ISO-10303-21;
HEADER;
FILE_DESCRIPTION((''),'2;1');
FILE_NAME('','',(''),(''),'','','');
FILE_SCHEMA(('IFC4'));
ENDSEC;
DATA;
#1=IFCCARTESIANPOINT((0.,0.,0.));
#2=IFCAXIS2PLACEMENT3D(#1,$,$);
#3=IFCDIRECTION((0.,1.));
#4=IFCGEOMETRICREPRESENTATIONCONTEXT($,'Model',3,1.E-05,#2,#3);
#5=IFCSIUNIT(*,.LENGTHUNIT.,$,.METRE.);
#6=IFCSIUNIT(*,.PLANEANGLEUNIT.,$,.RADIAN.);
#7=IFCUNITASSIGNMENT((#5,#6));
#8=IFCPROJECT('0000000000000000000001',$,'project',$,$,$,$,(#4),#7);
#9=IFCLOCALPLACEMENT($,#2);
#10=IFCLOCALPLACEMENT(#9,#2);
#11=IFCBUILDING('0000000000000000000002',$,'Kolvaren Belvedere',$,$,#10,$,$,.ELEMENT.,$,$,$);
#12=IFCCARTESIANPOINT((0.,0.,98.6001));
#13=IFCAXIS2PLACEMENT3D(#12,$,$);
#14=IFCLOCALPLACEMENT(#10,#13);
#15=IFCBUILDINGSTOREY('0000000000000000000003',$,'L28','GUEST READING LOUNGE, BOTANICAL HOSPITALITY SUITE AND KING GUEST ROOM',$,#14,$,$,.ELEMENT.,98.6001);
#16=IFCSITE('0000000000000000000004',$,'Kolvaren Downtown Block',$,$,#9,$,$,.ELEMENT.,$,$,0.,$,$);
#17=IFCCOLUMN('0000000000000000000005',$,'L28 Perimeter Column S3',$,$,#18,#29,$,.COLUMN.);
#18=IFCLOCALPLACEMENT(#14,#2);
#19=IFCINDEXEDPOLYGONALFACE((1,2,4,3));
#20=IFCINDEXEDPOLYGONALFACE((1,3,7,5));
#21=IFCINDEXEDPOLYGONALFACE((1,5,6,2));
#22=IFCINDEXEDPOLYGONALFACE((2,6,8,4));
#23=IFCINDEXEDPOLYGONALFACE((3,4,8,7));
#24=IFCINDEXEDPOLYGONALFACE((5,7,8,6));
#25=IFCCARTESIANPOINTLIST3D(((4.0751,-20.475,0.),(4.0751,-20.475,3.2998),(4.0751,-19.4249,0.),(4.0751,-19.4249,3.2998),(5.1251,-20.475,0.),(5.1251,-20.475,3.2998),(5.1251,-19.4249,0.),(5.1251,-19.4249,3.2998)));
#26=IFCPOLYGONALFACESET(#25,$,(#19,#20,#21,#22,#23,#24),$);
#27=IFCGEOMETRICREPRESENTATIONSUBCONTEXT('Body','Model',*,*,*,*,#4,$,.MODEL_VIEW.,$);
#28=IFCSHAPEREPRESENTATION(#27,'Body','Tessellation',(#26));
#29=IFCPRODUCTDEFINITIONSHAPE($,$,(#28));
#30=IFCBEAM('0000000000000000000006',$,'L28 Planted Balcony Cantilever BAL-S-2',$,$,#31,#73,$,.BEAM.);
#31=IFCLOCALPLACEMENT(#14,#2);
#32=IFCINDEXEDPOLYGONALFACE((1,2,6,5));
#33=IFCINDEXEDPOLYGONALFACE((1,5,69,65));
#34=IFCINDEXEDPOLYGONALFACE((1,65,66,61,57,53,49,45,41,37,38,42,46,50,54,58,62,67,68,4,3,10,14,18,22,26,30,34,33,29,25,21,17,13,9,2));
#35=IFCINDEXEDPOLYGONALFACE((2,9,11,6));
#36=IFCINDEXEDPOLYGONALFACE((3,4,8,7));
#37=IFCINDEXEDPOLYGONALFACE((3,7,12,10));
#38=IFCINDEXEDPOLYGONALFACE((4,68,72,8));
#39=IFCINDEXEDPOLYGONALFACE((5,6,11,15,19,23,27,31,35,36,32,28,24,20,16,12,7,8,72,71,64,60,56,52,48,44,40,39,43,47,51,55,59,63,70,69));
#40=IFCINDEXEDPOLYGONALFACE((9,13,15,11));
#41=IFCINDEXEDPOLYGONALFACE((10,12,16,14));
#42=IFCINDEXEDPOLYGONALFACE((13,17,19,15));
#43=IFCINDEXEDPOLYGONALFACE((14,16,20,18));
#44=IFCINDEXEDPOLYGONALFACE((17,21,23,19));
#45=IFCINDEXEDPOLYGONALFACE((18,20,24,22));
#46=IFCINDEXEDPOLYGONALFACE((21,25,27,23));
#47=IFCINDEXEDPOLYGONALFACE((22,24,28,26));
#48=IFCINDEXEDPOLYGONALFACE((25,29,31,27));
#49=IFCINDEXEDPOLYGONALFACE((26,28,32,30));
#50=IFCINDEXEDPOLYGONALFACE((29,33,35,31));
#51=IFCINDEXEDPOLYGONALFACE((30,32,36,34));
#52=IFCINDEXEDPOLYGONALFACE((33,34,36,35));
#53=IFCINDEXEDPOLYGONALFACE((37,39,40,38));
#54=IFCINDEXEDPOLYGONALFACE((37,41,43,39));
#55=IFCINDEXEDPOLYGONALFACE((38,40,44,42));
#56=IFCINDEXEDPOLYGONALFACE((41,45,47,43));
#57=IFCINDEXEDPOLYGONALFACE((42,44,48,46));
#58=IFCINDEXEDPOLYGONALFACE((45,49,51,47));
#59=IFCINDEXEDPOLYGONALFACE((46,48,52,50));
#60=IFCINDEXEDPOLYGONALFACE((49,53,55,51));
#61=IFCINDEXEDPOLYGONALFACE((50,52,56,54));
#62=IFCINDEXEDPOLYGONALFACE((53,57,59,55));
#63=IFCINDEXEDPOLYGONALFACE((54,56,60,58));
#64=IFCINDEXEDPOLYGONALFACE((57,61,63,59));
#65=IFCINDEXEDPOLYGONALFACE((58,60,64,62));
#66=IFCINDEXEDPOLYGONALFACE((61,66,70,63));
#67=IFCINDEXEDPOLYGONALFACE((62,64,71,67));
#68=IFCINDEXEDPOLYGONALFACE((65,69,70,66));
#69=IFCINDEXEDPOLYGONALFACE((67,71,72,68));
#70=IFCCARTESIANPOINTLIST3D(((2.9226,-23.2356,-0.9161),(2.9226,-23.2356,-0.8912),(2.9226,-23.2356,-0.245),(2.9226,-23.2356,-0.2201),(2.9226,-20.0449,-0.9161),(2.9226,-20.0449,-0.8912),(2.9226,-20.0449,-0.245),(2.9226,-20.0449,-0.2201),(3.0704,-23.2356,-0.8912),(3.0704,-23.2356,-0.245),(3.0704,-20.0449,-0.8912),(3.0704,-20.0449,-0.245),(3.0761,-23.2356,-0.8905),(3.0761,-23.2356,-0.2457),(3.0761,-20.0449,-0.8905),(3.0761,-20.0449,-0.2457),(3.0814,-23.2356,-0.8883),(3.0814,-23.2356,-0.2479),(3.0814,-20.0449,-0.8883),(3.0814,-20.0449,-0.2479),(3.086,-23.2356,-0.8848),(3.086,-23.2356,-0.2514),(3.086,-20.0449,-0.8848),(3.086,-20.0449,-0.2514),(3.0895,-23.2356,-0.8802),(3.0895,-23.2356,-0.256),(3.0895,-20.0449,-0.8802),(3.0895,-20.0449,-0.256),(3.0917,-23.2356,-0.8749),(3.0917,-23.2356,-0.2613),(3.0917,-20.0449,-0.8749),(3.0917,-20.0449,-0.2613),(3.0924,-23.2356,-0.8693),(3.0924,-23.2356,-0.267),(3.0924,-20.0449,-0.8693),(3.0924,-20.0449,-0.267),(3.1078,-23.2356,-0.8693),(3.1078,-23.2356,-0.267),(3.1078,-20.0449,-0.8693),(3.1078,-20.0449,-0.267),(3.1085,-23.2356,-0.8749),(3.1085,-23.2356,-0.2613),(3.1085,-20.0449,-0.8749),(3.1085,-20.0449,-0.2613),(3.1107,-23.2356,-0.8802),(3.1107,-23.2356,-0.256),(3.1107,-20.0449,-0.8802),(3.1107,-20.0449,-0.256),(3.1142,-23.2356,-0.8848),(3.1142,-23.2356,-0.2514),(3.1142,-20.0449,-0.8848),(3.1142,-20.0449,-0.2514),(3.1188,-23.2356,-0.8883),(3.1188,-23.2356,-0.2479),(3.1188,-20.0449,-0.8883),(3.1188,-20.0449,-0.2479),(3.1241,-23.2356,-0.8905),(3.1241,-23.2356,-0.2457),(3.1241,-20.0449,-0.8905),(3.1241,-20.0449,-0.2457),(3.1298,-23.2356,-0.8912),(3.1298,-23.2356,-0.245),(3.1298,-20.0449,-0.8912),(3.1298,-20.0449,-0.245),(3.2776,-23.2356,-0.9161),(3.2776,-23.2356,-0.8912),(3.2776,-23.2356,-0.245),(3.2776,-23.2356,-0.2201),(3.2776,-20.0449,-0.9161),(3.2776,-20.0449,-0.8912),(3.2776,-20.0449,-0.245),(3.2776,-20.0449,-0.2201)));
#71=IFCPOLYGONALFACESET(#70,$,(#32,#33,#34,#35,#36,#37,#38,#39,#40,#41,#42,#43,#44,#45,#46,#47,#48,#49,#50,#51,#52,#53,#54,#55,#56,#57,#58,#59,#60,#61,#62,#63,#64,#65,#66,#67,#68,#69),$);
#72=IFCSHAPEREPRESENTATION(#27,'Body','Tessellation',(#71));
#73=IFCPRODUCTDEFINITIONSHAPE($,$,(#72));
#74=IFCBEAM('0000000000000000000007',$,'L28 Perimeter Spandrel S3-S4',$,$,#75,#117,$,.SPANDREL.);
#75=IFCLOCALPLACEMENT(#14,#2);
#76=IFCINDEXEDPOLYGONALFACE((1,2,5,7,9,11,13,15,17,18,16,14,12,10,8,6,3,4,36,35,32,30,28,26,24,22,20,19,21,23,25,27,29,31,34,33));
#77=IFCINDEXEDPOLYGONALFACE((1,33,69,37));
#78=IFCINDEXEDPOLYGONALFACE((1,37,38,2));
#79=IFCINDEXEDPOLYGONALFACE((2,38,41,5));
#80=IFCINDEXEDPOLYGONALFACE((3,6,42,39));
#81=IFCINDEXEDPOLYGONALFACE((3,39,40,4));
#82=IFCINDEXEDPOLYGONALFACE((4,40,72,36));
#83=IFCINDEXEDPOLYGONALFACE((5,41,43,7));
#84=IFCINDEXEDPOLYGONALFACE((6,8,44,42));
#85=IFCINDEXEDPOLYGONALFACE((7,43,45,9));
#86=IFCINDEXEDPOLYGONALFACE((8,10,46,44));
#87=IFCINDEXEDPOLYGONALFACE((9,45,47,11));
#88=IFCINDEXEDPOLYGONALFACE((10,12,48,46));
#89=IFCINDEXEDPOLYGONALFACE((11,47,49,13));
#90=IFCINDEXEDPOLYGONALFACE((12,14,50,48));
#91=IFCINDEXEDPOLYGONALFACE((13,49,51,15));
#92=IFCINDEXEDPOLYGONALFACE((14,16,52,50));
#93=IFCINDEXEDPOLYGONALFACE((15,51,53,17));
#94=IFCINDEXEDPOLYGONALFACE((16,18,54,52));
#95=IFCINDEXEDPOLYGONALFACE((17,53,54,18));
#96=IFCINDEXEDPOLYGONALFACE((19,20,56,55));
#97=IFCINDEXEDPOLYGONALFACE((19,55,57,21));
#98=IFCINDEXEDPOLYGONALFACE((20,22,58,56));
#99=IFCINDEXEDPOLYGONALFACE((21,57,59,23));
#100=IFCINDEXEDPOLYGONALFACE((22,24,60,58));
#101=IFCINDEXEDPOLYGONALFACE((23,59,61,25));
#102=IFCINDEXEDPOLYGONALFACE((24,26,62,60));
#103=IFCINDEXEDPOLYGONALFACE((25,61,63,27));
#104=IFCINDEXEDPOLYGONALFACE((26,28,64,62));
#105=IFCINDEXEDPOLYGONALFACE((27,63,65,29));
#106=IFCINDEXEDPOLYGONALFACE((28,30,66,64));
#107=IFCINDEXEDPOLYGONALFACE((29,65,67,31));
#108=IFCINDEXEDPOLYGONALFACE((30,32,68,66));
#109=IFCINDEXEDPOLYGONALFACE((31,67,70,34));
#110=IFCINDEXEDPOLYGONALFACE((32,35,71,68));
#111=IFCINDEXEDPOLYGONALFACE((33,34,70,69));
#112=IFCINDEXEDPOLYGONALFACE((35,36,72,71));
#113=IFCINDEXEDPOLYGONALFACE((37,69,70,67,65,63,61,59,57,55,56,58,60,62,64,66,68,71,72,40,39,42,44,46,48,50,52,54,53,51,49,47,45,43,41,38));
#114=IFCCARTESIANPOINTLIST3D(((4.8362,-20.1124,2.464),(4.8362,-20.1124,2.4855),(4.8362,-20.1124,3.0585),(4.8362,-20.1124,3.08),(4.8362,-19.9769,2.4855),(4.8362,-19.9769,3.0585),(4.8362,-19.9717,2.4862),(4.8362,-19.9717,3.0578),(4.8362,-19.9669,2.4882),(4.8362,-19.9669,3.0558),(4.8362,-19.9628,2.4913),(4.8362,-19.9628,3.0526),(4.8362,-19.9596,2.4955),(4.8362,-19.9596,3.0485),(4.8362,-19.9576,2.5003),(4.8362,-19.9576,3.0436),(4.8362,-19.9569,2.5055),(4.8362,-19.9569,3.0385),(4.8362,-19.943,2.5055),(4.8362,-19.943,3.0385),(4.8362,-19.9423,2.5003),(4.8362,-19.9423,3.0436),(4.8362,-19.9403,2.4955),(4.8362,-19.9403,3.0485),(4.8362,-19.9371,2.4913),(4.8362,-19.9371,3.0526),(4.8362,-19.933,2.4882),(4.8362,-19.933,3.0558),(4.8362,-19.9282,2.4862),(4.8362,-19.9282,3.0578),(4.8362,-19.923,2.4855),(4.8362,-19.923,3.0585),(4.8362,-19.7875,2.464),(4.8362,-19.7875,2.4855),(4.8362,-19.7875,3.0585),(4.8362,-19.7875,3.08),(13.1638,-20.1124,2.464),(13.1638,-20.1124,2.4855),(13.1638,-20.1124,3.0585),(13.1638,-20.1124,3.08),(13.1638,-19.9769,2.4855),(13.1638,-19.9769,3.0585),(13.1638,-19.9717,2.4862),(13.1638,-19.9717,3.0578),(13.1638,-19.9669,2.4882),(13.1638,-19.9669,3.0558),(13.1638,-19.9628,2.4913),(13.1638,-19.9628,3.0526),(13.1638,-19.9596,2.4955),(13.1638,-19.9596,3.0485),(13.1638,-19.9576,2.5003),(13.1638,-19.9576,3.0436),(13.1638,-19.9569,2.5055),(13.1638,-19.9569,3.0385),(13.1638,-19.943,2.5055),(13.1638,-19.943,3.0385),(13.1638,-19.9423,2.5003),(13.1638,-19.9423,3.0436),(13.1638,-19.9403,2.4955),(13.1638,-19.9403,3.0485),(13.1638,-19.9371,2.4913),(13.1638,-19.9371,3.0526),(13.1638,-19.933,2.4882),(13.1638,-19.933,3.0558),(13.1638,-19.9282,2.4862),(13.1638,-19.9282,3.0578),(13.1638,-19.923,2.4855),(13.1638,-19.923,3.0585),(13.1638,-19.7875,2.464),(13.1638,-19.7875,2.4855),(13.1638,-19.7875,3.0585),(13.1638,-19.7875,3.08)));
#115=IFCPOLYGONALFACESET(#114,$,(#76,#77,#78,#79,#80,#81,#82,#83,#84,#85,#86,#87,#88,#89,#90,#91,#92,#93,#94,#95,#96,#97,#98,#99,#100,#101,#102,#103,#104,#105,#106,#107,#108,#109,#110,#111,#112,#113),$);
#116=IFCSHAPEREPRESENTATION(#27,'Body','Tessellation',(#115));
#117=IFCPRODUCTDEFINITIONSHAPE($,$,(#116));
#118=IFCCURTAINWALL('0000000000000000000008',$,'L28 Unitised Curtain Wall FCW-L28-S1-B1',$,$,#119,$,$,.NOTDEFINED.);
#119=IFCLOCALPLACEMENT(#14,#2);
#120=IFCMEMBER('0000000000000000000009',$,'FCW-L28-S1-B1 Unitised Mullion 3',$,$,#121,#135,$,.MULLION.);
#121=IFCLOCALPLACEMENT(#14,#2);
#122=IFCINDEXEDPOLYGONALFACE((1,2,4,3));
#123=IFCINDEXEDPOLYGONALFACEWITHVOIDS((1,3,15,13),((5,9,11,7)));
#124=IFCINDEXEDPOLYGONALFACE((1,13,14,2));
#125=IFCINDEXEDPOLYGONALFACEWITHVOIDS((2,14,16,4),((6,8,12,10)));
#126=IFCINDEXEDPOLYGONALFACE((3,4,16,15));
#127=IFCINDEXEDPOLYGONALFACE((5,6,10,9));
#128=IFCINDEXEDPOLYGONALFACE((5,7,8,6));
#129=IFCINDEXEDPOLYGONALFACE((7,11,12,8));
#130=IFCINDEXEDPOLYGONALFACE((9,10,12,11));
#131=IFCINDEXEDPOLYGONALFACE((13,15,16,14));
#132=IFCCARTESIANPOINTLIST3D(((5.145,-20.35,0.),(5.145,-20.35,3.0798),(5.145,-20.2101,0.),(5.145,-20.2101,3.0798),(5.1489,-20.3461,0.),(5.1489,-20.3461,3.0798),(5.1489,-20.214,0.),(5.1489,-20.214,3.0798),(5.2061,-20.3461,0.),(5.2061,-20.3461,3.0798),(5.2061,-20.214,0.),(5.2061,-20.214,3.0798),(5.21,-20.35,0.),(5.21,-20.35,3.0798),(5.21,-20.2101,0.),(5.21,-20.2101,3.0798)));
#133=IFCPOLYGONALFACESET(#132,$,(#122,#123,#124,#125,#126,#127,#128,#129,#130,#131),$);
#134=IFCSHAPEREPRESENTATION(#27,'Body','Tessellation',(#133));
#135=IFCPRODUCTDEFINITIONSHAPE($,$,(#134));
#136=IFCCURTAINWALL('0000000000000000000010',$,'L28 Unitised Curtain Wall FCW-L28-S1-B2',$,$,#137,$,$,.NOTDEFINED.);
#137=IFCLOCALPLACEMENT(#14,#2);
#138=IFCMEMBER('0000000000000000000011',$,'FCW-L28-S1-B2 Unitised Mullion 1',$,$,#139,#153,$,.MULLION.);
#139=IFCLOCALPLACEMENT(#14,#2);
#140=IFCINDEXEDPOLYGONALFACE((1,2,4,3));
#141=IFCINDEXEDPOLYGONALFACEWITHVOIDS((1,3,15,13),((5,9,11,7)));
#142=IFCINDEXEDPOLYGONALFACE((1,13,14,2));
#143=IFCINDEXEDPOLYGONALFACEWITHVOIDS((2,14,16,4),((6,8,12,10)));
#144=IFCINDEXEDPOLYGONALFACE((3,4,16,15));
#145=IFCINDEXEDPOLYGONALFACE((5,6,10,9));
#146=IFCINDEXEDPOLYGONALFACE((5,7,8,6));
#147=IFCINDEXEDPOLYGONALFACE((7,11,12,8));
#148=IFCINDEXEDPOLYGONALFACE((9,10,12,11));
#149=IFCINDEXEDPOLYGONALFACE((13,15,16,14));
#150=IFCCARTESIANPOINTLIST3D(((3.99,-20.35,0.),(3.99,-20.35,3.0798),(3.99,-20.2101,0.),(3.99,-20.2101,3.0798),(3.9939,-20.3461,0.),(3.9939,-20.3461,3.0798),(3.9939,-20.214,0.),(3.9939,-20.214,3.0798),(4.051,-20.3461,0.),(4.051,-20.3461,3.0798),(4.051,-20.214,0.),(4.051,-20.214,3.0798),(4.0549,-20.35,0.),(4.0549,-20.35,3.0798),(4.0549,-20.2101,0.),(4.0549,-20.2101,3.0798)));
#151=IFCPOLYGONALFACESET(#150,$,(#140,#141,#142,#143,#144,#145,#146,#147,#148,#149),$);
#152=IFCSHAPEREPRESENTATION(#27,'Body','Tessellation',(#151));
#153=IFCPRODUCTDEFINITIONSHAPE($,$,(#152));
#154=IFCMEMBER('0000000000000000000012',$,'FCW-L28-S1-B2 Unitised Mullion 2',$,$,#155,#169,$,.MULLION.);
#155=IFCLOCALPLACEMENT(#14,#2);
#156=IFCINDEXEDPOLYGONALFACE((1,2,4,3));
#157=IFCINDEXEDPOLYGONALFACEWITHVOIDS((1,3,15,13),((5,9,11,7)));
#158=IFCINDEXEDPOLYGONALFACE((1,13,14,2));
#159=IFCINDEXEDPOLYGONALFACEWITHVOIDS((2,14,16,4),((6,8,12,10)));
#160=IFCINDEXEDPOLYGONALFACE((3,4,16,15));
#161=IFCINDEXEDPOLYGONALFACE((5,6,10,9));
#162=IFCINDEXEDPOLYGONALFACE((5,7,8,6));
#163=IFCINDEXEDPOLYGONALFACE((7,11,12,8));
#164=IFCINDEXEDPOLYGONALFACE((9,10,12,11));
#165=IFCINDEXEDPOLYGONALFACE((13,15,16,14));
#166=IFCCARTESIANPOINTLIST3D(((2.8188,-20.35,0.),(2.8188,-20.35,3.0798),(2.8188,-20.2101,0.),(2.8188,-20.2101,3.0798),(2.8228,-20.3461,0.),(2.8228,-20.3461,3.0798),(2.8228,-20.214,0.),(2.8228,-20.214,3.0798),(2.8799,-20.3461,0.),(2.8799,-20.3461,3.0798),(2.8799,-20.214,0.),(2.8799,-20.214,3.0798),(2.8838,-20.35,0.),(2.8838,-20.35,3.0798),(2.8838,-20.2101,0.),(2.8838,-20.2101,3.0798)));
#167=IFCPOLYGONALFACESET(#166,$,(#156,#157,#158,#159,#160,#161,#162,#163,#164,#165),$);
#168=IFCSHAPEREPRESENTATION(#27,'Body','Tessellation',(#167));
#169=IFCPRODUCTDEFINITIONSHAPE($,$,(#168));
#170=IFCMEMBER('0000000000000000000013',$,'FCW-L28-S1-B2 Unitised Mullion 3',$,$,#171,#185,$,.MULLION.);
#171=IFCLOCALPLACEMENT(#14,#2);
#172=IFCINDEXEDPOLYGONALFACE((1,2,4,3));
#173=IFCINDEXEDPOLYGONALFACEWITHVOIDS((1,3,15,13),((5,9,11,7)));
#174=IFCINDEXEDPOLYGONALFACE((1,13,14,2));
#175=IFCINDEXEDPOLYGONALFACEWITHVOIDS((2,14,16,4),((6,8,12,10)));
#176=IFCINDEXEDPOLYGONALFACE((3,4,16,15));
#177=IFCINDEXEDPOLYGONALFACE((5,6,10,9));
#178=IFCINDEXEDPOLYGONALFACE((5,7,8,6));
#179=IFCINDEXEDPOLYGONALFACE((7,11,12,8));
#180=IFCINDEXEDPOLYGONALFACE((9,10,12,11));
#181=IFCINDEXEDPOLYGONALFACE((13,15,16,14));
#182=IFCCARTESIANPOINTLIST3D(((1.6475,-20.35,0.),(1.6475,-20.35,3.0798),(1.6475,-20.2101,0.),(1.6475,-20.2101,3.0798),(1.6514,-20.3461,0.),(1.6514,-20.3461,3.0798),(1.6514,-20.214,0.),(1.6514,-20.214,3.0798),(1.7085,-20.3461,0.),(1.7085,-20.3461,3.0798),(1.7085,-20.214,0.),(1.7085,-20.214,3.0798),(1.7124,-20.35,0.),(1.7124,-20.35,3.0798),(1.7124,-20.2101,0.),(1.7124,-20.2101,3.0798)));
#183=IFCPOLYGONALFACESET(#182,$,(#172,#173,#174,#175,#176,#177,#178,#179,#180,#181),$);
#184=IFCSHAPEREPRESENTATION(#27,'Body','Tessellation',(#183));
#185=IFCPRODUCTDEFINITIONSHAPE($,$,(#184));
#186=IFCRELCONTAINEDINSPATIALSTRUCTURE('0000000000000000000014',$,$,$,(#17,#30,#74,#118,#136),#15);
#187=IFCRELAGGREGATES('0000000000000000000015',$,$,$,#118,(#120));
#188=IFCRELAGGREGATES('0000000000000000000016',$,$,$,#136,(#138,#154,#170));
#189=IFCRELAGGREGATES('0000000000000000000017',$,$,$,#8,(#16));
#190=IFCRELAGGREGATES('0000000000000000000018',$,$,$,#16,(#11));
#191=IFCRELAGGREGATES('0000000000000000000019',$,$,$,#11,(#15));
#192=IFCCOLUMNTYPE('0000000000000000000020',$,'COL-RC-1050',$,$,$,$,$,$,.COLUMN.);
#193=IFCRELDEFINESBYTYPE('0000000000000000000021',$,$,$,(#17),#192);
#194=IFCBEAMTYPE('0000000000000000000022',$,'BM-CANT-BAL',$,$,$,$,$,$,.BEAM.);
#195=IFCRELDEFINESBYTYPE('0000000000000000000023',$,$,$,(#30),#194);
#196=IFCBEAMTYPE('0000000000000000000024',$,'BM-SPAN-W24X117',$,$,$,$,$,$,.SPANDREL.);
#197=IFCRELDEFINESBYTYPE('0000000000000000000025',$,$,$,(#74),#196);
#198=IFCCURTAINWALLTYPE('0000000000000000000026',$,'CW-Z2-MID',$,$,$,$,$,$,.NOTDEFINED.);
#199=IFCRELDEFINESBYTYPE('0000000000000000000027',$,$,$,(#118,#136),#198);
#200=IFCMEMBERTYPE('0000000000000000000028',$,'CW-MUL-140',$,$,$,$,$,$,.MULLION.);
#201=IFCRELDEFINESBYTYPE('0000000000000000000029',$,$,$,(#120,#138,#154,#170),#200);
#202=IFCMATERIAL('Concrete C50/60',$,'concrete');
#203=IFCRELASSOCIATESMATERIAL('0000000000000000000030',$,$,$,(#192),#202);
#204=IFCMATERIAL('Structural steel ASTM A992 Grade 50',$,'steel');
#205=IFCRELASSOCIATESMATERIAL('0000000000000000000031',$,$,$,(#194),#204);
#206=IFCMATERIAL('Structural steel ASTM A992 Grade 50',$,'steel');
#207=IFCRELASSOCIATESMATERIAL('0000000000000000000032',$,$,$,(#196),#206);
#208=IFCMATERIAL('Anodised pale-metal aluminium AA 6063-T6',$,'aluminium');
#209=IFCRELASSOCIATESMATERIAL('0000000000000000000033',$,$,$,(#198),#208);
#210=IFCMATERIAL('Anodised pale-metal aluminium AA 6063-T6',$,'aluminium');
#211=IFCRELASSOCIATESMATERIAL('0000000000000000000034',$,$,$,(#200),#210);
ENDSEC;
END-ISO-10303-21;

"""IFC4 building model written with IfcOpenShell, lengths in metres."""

from ifc_helpers import new_model, si_unit, direction, frame, origin, origin_2d, place, context, subcontext, project, spatial, rectangle, hollow_rectangle, i_section, extrude, material, material_profile, profile_set, type_object, element, aggregate, save


model = new_model("IFC4")

# Units and contexts
model_context = context("Model", 3, precision=1e-05, world=origin(), true_north=direction((0.0, 1.0)))
body_context = subcontext(model_context, "Body", "Model", "MODEL_VIEW")
ifc_project = project(units=[si_unit("LENGTHUNIT", "METRE"), si_unit("PLANEANGLEUNIT", "RADIAN")], contexts=[model_context])

# Site, building, storey
site_placement = place(None, origin())
site = spatial("IfcSite", under=ifc_project, at=site_placement, Name="Kolvaren Downtown Block", CompositionType="ELEMENT", RefElevation=0.0)
building_placement = place(site_placement, origin())
building = spatial("IfcBuilding", under=site, at=building_placement, Name="Kolvaren Belvedere", CompositionType="ELEMENT")
storey_placement = place(building_placement, frame((0.0, 0.0, 98.6001)))
storey = spatial("IfcBuildingStorey", under=building, at=storey_placement, Name="L28", Description="GUEST READING LOUNGE, BOTANICAL HOSPITALITY SUITE AND KING GUEST ROOM", CompositionType="ELEMENT", Elevation=98.6001)

# Column
ifc_material_1 = material(Name="Concrete C50/60", Category="concrete")
ifc_material_profile_1 = material_profile(ifc_material_1, rectangle(XDim=1.05, YDim=1.05, at=origin_2d()), Name="RC 1050X1050")
ifc_profile_set_1 = profile_set([ifc_material_profile_1], Name="Concrete C50/60")
column_type = type_object("IfcColumnType", Name="COL-RC-1050", PredefinedType="COLUMN", material=ifc_profile_set_1)
column_placement = place(storey_placement, frame((4.6001, -19.95, 0.0), z_axis=(0.0, 0.0, 1.0), x_axis=(1.0, 0.0, 0.0)))
element("IfcColumn", 1, at=column_placement, inside=storey, type_object=column_type, Name="L28 Perimeter Column S3", PredefinedType="COLUMN", context=body_context, shape_type="SweptSolid", body=[
    extrude(rectangle(XDim=1.05, YDim=1.05, at=origin_2d()), origin(), (0.0, 0.0, 1.0), 3.2998),
])

# Beams
ifc_material_2 = material(Name="Structural steel ASTM A992 Grade 50", Category="steel")
ifc_material_profile_2 = material_profile(ifc_material_2, i_section(OverallWidth=0.355, OverallDepth=0.696, WebThickness=0.0154, FlangeThickness=0.0249, FilletRadius=0.022, at=origin_2d()), Name="W27X146")
ifc_profile_set_2 = profile_set([ifc_material_profile_2], Name="Structural steel ASTM A992 Grade 50")
beam_type_1 = type_object("IfcBeamType", Name="BM-CANT-BAL", PredefinedType="BEAM", material=ifc_profile_set_2)
beam_1_placement = place(storey_placement, frame((3.1001, -20.0449, -0.5681), z_axis=(0.0, -1.0, 0.0), x_axis=(1.0, 0.0, 0.0)))
element("IfcBeam", 2, at=beam_1_placement, inside=storey, type_object=beam_type_1, Name="L28 Planted Balcony Cantilever BAL-S-2", PredefinedType="BEAM", context=body_context, shape_type="SweptSolid", body=[
    extrude(i_section(OverallWidth=0.355, OverallDepth=0.696, WebThickness=0.0154, FlangeThickness=0.0249, FilletRadius=0.022, at=origin_2d()), origin(), (0.0, 0.0, 1.0), 3.1907),
])
ifc_material_3 = material(Name="Structural steel ASTM A992 Grade 50", Category="steel")
ifc_material_profile_3 = material_profile(ifc_material_3, i_section(OverallWidth=0.325, OverallDepth=0.616, WebThickness=0.0139, FlangeThickness=0.0215, FilletRadius=0.02, at=origin_2d()), Name="W24X117")
ifc_profile_set_3 = profile_set([ifc_material_profile_3], Name="Structural steel ASTM A992 Grade 50")
beam_type_2 = type_object("IfcBeamType", Name="BM-SPAN-W24X117", PredefinedType="SPANDREL", material=ifc_profile_set_3)
beam_2_placement = place(storey_placement, frame((4.8362, -19.95, 2.772), z_axis=(1.0, 0.0, 0.0), x_axis=(0.0, 1.0, 0.0)))
element("IfcBeam", 3, at=beam_2_placement, inside=storey, type_object=beam_type_2, Name="L28 Perimeter Spandrel S3-S4", PredefinedType="SPANDREL", context=body_context, shape_type="SweptSolid", body=[
    extrude(i_section(OverallWidth=0.325, OverallDepth=0.616, WebThickness=0.0139, FlangeThickness=0.0215, FilletRadius=0.02, at=origin_2d()), origin(), (0.0, 0.0, 1.0), 8.3276),
])

# Curtain wall, member
ifc_material_4 = material(Name="Anodised pale-metal aluminium AA 6063-T6", Category="aluminium")
curtain_wall_type = type_object("IfcCurtainWallType", Name="CW-Z2-MID", PredefinedType="NOTDEFINED", material=ifc_material_4)
curtain_wall_1_placement = place(storey_placement, origin())
curtain_wall_1 = element("IfcCurtainWall", 4, at=curtain_wall_1_placement, inside=storey, type_object=curtain_wall_type, Name="L28 Unitised Curtain Wall FCW-L28-S1-B1", PredefinedType="NOTDEFINED")
ifc_material_5 = material(Name="Anodised pale-metal aluminium AA 6063-T6", Category="aluminium")
ifc_material_profile_4 = material_profile(ifc_material_5, hollow_rectangle(XDim=0.0649, YDim=0.1399, WallThickness=0.0039, at=origin_2d()), Name="ALU-MUL-140X65")
ifc_profile_set_4 = profile_set([ifc_material_profile_4], Name="Anodised pale-metal aluminium AA 6063-T6")
member_type_1 = type_object("IfcMemberType", Name="CW-MUL-140", PredefinedType="MULLION", material=ifc_profile_set_4)
member_1_placement = place(storey_placement, frame((5.1775, -20.28, 0.0), z_axis=(0.0, 0.0, 1.0), x_axis=(1.0, 0.0, 0.0)))
member_1 = element("IfcMember", 5, at=member_1_placement, type_object=member_type_1, Name="FCW-L28-S1-B1 Unitised Mullion 3", PredefinedType="MULLION", context=body_context, shape_type="SweptSolid", body=[
    extrude(hollow_rectangle(XDim=0.0649, YDim=0.1399, WallThickness=0.0039, at=origin_2d()), origin(), (0.0, 0.0, 1.0), 3.0798),
])
aggregate(curtain_wall_1, [member_1])

# Curtain wall, members
curtain_wall_2_placement = place(storey_placement, origin())
curtain_wall_2 = element("IfcCurtainWall", 6, at=curtain_wall_2_placement, inside=storey, type_object=curtain_wall_type, Name="L28 Unitised Curtain Wall FCW-L28-S1-B2", PredefinedType="NOTDEFINED")
member_2_placement = place(storey_placement, frame((4.0225, -20.28, 0.0), z_axis=(0.0, 0.0, 1.0), x_axis=(1.0, 0.0, 0.0)))
member_2 = element("IfcMember", 7, at=member_2_placement, type_object=member_type_1, Name="FCW-L28-S1-B2 Unitised Mullion 1", PredefinedType="MULLION", context=body_context, shape_type="SweptSolid", body=[
    extrude(hollow_rectangle(XDim=0.0649, YDim=0.1399, WallThickness=0.0039, at=origin_2d()), origin(), (0.0, 0.0, 1.0), 3.0798),
])
member_3_placement = place(storey_placement, frame((2.8513, -20.28, 0.0), z_axis=(0.0, 0.0, 1.0), x_axis=(1.0, 0.0, 0.0)))
member_3 = element("IfcMember", 8, at=member_3_placement, type_object=member_type_1, Name="FCW-L28-S1-B2 Unitised Mullion 2", PredefinedType="MULLION", context=body_context, shape_type="SweptSolid", body=[
    extrude(hollow_rectangle(XDim=0.0649, YDim=0.1399, WallThickness=0.0039, at=origin_2d()), origin(), (0.0, 0.0, 1.0), 3.0798),
])
member_4_placement = place(storey_placement, frame((1.6799, -20.28, 0.0), z_axis=(0.0, 0.0, 1.0), x_axis=(1.0, 0.0, 0.0)))
member_4 = element("IfcMember", 9, at=member_4_placement, type_object=member_type_1, Name="FCW-L28-S1-B2 Unitised Mullion 3", PredefinedType="MULLION", context=body_context, shape_type="SweptSolid", body=[
    extrude(hollow_rectangle(XDim=0.0649, YDim=0.1399, WallThickness=0.0039, at=origin_2d()), origin(), (0.0, 0.0, 1.0), 3.0798),
])
aggregate(curtain_wall_2, [member_2, member_3, member_4])

save(model, "model.ifc")
